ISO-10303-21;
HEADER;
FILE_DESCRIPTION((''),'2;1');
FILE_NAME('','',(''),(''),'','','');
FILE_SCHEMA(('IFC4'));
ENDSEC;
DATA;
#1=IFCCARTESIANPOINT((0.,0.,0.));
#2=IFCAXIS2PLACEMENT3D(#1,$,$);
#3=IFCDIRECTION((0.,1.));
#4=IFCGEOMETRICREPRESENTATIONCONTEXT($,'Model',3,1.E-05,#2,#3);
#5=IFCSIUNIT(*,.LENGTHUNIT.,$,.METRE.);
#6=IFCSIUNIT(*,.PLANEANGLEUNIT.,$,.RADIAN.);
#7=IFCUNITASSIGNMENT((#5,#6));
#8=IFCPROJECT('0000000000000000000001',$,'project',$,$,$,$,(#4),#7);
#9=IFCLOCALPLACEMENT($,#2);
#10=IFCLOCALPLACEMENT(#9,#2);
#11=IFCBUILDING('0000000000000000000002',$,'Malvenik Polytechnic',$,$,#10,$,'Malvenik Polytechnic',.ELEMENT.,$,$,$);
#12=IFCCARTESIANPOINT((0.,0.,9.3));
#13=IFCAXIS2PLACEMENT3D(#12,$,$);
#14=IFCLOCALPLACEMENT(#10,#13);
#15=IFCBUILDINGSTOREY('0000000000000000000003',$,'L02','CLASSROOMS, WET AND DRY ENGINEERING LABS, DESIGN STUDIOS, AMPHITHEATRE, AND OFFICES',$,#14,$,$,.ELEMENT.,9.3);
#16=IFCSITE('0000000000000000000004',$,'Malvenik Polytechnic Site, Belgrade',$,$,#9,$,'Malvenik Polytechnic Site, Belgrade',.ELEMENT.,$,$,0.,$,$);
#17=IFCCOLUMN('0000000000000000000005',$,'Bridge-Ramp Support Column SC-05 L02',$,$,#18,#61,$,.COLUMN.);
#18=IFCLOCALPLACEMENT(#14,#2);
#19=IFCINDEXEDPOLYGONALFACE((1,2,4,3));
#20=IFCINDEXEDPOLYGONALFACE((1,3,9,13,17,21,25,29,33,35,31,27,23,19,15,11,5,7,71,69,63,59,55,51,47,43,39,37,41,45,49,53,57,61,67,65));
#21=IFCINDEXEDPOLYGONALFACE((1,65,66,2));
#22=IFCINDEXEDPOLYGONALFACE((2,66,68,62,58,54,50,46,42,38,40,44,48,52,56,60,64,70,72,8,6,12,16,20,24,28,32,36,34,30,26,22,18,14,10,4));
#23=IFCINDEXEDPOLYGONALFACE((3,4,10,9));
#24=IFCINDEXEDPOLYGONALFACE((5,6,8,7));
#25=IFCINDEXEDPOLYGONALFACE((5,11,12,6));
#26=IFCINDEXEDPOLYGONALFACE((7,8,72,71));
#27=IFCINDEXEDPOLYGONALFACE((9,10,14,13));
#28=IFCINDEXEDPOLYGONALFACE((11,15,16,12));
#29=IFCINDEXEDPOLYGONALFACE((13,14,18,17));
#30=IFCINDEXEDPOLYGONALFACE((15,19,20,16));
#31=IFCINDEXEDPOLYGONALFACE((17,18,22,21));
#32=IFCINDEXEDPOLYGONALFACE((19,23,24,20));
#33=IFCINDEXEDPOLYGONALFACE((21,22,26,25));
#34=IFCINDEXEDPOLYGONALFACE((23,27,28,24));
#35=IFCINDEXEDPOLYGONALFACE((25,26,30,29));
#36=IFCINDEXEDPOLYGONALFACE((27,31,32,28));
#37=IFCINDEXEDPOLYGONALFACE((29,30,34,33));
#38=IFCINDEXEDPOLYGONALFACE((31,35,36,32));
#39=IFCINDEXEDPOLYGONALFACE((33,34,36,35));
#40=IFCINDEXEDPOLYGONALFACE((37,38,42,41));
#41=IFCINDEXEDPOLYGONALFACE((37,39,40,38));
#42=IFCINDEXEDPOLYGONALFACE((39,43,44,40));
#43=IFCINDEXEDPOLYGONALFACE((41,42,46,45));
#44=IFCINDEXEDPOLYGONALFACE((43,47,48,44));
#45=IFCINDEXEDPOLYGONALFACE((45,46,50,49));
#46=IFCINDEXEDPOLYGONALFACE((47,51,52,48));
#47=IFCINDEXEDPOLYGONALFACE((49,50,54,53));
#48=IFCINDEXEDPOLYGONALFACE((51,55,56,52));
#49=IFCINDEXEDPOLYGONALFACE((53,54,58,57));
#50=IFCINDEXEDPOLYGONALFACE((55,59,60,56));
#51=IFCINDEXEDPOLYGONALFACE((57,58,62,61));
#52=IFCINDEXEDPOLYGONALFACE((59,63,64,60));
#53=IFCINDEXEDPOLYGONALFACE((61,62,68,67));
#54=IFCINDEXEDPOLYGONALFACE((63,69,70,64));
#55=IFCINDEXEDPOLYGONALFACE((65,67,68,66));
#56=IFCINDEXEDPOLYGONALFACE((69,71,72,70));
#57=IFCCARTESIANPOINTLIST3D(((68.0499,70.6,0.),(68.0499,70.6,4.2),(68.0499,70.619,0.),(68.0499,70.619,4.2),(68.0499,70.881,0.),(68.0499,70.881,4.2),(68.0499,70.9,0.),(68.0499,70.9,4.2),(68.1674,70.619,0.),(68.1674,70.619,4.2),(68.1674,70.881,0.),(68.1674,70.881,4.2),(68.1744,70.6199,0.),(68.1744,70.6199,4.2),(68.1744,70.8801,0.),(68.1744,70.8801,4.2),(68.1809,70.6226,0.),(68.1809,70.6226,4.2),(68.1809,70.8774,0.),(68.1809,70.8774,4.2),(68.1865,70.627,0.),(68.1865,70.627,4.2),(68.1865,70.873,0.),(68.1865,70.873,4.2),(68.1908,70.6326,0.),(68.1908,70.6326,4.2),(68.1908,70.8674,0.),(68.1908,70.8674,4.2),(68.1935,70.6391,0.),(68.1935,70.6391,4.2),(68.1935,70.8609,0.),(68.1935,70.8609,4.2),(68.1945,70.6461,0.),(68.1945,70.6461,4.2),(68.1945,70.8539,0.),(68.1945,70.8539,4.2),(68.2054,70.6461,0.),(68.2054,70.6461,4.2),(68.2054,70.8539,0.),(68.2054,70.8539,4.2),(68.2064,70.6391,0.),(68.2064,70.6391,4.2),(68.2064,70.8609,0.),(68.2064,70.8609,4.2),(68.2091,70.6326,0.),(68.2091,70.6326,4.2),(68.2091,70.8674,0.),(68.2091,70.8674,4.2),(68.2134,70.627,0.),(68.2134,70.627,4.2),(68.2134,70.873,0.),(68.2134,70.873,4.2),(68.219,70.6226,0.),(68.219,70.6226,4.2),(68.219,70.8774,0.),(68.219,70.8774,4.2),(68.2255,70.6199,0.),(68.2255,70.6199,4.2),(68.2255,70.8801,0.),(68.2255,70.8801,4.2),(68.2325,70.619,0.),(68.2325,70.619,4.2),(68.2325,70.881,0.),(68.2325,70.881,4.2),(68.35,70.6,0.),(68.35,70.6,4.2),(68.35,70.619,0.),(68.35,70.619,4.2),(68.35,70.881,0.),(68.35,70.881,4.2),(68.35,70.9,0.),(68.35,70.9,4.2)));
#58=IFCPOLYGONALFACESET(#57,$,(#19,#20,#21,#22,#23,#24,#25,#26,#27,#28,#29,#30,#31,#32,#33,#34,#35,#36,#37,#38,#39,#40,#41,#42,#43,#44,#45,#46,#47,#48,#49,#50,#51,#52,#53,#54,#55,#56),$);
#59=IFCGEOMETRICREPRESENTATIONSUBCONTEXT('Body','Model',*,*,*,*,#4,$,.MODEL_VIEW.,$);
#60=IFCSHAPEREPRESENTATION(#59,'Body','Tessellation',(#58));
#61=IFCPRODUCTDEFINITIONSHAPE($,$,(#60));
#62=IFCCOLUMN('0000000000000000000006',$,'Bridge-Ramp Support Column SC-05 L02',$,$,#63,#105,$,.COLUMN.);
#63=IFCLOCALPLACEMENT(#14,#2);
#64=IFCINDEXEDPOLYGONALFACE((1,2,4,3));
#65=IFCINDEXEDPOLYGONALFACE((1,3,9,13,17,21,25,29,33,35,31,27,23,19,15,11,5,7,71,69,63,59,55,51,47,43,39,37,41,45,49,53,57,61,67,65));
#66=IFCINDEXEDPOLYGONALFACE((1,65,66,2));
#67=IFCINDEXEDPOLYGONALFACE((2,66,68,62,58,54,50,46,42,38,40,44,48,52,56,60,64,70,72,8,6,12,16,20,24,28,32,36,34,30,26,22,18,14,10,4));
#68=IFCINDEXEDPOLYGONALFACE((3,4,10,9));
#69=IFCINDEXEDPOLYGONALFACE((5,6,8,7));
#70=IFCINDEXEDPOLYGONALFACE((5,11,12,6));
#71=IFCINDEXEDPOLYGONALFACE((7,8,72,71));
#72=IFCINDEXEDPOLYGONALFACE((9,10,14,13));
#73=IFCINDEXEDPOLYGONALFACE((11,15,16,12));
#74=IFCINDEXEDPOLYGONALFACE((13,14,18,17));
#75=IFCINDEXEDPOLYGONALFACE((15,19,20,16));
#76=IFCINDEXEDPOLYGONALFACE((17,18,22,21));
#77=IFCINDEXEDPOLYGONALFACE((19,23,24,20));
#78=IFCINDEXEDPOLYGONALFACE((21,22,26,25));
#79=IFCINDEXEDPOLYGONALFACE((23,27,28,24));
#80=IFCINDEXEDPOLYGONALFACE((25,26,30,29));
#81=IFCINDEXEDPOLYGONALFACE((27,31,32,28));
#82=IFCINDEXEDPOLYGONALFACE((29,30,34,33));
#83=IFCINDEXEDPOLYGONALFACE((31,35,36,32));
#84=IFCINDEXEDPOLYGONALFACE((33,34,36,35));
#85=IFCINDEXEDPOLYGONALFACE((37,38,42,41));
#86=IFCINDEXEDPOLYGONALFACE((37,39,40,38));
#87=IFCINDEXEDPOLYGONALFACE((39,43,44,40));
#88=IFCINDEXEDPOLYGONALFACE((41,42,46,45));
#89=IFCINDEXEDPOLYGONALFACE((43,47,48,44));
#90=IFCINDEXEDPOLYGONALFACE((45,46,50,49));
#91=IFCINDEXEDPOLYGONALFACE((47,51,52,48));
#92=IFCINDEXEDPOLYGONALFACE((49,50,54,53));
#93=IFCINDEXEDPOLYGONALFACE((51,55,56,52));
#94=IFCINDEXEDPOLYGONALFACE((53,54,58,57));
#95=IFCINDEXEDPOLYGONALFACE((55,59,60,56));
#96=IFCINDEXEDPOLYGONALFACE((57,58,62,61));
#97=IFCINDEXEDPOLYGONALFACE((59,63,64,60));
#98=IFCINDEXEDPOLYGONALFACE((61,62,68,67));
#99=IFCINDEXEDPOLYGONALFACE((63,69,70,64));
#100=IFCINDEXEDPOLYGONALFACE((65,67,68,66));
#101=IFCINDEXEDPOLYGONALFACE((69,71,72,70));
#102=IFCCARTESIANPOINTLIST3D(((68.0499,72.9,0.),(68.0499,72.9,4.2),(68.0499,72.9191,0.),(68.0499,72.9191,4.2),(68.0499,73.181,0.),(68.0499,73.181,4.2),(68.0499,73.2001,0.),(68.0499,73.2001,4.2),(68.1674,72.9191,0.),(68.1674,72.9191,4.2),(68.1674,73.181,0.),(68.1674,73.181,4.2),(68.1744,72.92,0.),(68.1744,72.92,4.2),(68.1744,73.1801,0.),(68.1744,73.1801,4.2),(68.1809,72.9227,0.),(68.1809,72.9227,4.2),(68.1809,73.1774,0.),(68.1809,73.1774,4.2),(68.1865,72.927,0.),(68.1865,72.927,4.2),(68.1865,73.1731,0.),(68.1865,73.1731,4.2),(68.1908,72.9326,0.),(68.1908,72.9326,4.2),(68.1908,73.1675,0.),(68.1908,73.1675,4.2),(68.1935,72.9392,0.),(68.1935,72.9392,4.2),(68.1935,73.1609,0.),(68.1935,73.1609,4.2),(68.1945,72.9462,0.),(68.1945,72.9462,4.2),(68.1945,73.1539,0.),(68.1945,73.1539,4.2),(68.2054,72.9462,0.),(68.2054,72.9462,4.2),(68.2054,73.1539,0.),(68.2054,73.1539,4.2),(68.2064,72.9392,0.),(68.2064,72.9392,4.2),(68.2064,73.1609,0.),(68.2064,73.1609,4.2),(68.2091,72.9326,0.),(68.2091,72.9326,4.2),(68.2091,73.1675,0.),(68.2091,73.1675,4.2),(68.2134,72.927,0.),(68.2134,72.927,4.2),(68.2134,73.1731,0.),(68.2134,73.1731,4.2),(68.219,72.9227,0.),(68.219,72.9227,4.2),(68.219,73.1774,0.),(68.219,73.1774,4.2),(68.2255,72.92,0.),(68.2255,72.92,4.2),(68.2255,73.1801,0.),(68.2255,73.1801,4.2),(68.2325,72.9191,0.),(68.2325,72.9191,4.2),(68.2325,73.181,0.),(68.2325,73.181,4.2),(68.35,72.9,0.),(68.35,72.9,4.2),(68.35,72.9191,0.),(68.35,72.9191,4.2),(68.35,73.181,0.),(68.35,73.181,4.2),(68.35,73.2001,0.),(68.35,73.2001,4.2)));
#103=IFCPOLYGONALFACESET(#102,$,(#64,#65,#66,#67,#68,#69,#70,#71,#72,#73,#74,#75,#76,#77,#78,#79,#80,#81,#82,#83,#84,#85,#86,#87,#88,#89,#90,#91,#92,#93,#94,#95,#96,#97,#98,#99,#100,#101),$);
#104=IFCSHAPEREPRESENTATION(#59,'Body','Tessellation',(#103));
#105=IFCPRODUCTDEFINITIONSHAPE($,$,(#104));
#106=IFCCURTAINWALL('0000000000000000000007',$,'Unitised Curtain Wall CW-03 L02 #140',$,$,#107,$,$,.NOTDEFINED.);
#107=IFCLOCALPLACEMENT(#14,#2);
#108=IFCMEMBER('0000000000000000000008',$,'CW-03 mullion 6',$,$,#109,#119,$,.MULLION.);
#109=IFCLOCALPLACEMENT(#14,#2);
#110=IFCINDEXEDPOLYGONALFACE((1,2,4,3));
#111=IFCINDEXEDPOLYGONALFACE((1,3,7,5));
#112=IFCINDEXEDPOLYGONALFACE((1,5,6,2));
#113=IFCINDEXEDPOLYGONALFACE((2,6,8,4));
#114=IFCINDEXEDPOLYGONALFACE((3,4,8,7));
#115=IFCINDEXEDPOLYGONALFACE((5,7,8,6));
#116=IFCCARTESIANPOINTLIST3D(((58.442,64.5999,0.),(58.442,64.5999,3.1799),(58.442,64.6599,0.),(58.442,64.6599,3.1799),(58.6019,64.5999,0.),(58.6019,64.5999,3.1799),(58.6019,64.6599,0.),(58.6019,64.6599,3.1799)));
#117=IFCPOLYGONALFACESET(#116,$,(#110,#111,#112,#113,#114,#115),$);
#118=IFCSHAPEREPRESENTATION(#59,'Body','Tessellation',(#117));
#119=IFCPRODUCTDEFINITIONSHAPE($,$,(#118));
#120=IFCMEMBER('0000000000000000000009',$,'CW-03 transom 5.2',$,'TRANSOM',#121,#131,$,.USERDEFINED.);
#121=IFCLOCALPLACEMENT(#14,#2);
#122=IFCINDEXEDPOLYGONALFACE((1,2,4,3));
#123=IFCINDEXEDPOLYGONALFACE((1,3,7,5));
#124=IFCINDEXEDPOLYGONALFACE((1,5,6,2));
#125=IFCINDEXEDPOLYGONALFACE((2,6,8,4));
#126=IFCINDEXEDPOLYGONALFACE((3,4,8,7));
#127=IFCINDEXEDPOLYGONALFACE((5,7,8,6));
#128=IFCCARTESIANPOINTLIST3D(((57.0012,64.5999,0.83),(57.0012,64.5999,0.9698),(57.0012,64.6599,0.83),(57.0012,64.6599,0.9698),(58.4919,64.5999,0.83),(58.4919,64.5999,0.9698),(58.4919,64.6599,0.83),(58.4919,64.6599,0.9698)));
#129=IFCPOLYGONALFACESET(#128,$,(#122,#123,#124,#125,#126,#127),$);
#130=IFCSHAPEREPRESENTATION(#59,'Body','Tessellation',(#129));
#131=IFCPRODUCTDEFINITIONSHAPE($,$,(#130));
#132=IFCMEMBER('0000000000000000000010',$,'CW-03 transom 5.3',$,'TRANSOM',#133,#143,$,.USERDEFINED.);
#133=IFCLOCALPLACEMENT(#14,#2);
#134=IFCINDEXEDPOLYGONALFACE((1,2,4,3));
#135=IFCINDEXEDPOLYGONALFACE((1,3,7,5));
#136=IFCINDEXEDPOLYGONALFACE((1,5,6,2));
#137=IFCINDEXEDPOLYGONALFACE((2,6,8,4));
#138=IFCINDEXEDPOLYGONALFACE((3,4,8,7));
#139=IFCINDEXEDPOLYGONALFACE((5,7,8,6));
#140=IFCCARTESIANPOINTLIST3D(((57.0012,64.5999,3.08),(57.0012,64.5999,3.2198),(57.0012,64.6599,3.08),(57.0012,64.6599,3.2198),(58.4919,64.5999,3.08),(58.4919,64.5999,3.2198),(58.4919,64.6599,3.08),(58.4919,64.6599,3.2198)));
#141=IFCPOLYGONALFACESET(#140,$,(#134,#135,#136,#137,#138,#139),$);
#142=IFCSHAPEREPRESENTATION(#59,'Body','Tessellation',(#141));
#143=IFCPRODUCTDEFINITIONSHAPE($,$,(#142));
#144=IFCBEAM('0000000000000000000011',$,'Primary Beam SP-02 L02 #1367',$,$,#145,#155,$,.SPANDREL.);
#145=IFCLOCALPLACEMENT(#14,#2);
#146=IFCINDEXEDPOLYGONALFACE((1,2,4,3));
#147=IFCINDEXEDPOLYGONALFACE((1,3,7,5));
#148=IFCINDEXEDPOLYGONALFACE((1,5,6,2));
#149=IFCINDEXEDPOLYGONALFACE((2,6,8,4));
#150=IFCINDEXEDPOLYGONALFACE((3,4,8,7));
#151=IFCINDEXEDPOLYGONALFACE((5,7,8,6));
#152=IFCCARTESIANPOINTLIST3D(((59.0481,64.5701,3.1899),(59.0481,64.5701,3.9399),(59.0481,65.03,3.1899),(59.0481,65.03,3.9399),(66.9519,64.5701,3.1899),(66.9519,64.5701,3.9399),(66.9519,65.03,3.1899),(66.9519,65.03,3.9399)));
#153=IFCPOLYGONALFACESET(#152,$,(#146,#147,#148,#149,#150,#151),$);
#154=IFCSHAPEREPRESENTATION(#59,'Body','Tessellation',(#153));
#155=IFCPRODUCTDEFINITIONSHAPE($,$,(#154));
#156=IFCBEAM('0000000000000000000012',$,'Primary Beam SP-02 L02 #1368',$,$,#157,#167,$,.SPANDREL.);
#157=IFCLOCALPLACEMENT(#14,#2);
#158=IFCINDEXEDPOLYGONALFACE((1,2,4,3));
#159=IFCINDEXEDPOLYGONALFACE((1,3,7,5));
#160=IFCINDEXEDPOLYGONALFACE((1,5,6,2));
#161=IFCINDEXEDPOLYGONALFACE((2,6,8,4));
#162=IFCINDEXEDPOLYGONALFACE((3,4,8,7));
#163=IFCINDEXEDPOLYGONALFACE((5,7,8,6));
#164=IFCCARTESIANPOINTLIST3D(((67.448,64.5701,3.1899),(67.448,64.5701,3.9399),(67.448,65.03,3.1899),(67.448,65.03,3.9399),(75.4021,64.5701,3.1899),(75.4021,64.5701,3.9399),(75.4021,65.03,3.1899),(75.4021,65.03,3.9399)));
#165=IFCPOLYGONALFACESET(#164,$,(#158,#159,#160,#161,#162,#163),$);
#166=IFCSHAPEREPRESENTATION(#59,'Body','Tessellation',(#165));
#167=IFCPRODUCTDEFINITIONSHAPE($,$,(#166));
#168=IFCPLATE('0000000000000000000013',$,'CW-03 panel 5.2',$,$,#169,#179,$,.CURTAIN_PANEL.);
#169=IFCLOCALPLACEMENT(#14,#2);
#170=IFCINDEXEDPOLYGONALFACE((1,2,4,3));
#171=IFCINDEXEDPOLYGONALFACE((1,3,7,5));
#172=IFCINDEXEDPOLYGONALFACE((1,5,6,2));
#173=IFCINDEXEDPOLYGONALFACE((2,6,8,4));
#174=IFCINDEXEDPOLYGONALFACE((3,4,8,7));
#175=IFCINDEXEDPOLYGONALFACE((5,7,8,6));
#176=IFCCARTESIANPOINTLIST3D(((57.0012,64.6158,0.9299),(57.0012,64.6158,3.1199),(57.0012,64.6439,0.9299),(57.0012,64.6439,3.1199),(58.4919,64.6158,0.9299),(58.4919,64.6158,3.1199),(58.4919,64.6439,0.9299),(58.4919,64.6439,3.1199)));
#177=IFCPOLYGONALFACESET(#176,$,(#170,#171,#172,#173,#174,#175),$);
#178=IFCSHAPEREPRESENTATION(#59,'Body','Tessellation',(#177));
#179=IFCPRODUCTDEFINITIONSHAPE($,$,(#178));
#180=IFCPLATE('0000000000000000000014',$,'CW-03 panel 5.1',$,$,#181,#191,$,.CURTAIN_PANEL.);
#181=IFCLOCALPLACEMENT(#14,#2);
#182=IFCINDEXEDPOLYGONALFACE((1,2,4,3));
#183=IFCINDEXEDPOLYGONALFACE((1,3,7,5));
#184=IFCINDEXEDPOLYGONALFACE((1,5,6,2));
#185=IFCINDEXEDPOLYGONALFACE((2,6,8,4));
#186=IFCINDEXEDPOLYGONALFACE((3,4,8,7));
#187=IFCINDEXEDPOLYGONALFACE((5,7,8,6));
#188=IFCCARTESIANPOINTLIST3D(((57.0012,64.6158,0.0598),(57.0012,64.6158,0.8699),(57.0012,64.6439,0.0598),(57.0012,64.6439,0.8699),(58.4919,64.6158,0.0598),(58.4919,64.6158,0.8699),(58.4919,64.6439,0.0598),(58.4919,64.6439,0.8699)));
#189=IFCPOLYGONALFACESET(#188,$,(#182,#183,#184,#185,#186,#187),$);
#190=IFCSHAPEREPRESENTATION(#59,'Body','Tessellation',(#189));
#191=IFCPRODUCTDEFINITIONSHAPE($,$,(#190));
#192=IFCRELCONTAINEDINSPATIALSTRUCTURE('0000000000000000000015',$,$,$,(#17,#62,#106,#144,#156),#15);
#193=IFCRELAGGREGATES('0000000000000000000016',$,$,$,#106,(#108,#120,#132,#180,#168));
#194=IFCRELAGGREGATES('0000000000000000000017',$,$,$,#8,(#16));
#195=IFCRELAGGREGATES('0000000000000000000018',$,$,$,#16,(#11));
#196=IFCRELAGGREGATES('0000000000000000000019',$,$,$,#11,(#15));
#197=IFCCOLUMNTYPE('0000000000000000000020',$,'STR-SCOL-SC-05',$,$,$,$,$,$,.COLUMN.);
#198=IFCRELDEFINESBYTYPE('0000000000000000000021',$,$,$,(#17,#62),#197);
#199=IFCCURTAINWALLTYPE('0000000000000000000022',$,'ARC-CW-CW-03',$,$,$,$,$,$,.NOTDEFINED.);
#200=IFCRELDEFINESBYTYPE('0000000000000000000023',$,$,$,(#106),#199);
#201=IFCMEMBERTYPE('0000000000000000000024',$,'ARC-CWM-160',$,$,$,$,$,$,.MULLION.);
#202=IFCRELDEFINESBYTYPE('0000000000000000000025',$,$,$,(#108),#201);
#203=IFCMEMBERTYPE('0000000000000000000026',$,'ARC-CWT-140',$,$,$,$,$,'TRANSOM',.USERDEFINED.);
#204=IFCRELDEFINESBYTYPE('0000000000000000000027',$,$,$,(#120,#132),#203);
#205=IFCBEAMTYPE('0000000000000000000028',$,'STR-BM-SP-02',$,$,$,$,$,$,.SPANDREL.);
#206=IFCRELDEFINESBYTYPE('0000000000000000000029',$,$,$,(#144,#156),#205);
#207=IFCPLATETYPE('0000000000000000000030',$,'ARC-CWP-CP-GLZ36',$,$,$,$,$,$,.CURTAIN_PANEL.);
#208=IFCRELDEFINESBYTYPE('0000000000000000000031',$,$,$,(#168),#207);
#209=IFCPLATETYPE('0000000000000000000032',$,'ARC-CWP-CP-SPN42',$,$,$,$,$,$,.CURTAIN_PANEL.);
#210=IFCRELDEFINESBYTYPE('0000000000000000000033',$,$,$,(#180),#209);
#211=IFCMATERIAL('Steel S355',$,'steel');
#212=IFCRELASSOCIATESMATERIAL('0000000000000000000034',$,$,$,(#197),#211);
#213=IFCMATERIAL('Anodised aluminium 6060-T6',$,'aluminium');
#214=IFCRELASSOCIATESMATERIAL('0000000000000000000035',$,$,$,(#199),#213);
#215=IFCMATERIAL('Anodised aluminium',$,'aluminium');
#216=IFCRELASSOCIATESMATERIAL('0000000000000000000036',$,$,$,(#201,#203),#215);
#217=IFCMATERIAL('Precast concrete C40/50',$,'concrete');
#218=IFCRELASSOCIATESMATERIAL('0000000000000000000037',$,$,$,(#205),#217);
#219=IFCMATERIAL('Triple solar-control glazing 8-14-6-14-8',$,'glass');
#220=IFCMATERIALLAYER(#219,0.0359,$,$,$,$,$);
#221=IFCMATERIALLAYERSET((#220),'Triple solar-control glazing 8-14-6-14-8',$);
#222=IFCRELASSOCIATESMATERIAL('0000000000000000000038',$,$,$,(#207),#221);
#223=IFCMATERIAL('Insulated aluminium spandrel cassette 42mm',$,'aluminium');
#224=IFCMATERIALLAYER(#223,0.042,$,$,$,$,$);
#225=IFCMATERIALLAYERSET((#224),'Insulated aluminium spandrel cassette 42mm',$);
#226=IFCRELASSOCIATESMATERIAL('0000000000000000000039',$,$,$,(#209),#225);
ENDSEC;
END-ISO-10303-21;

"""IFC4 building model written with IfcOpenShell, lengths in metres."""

from ifc_helpers import new_model, si_unit, direction, frame, origin, origin_2d, place, context, subcontext, project, spatial, rectangle, i_section, extrude, material, layer, layer_set, material_profile, profile_set, type_object, element, aggregate, save


model = new_model("IFC4")

# Units and contexts
model_context = context("Model", 3, precision=1e-05, world=origin(), true_north=direction((0.0, 1.0)))
body_context = subcontext(model_context, "Body", "Model", "MODEL_VIEW")
ifc_project = project(units=[si_unit("LENGTHUNIT", "METRE"), si_unit("PLANEANGLEUNIT", "RADIAN")], contexts=[model_context])

# Site, building, storey
site_placement = place(None, origin())
site = spatial("IfcSite", under=ifc_project, at=site_placement, Name="Malvenik Polytechnic Site, Belgrade", LongName="Malvenik Polytechnic Site, Belgrade", CompositionType="ELEMENT", RefElevation=0.0)
building_placement = place(site_placement, origin())
building = spatial("IfcBuilding", under=site, at=building_placement, Name="Malvenik Polytechnic", LongName="Malvenik Polytechnic", CompositionType="ELEMENT")
storey_placement = place(building_placement, frame((0.0, 0.0, 9.3)))
storey = spatial("IfcBuildingStorey", under=building, at=storey_placement, Name="L02", Description="CLASSROOMS, WET AND DRY ENGINEERING LABS, DESIGN STUDIOS, AMPHITHEATRE, AND OFFICES", CompositionType="ELEMENT", Elevation=9.3)

# Columns
ifc_material_1 = material(Name="Steel S355", Category="steel")
ifc_material_profile_1 = material_profile(ifc_material_1, i_section(OverallWidth=0.3, OverallDepth=0.3, WebThickness=0.011, FlangeThickness=0.019, FilletRadius=0.0271, at=origin_2d()), Name="HEB 300")
ifc_profile_set_1 = profile_set([ifc_material_profile_1], Name="Steel S355")
column_type_1 = type_object("IfcColumnType", Name="STR-SCOL-SC-05", PredefinedType="COLUMN", material=ifc_profile_set_1)
for number, where, z_axis, x_axis, name in (
    (1, (68.2, 70.75, 0.0), (0.0, 0.0, 1.0), (1.0, 0.0, 0.0), "Bridge-Ramp Support Column SC-05 L02"),
    (2, (68.2, 73.05, 0.0), (0.0, 0.0, 1.0), (1.0, 0.0, 0.0), "Bridge-Ramp Support Column SC-05 L02"),
):
    element("IfcColumn", number, at=place(storey_placement, frame(where, z_axis=z_axis, x_axis=x_axis)), inside=storey, type_object=column_type_1, Name=name, PredefinedType="COLUMN", context=body_context, shape_type="SweptSolid", body=[
        extrude(i_section(OverallWidth=0.3, OverallDepth=0.3, WebThickness=0.011, FlangeThickness=0.019, FilletRadius=0.0271, at=origin_2d()), origin(), (0.0, 0.0, 1.0), 4.2),
    ])

# Curtain wall, members
ifc_material_2 = material(Name="Anodised aluminium 6060-T6", Category="aluminium")
curtain_wall_type = type_object("IfcCurtainWallType", Name="ARC-CW-CW-03", PredefinedType="NOTDEFINED", material=ifc_material_2)
curtain_wall_placement = place(storey_placement, origin())
curtain_wall = element("IfcCurtainWall", 3, at=curtain_wall_placement, inside=storey, type_object=curtain_wall_type, Name="Unitised Curtain Wall CW-03 L02 #140", PredefinedType="NOTDEFINED")
ifc_material_3 = material(Name="Anodised aluminium", Category="aluminium")
ifc_material_profile_2 = material_profile(ifc_material_3, rectangle(XDim=0.0601, YDim=0.1599, at=origin_2d()), Name="ALU MULLION 60x160")
ifc_profile_set_2 = profile_set([ifc_material_profile_2], Name="Anodised aluminium")
member_type_1 = type_object("IfcMemberType", Name="ARC-CWM-160", PredefinedType="MULLION", material=ifc_profile_set_2)
member_1_placement = place(storey_placement, frame((58.522, 64.6299, 0.0), z_axis=(0.0, 0.0, 1.0), x_axis=(0.0, 1.0, 0.0)))
member_1 = element("IfcMember", 4, at=member_1_placement, type_object=member_type_1, Name="CW-03 mullion 6", PredefinedType="MULLION", context=body_context, shape_type="SweptSolid", body=[
    extrude(rectangle(XDim=0.0601, YDim=0.1599, at=origin_2d()), origin(), (0.0, 0.0, 1.0), 3.1799),
])
ifc_material_profile_3 = material_profile(ifc_material_3, rectangle(XDim=0.0601, YDim=0.1399, at=origin_2d()), Name="ALU TRANSOM 60x140")
ifc_profile_set_3 = profile_set([ifc_material_profile_3], Name="Anodised aluminium")
member_type_2 = type_object("IfcMemberType", Name="ARC-CWT-140", ElementType="TRANSOM", PredefinedType="USERDEFINED", material=ifc_profile_set_3)
member_2_placement = place(storey_placement, frame((57.0012, 64.6299, 0.8999), z_axis=(1.0, 0.0, 0.0), x_axis=(0.0, 1.0, 0.0)))
member_2 = element("IfcMember", 5, at=member_2_placement, type_object=member_type_2, Name="CW-03 transom 5.2", ObjectType="TRANSOM", PredefinedType="USERDEFINED", context=body_context, shape_type="SweptSolid", body=[
    extrude(rectangle(XDim=0.0601, YDim=0.1399, at=origin_2d()), origin(), (0.0, 0.0, 1.0), 1.4907),
])
member_3_placement = place(storey_placement, frame((57.0012, 64.6299, 3.1499), z_axis=(1.0, 0.0, 0.0), x_axis=(0.0, 1.0, 0.0)))
member_3 = element("IfcMember", 6, at=member_3_placement, type_object=member_type_2, Name="CW-03 transom 5.3", ObjectType="TRANSOM", PredefinedType="USERDEFINED", context=body_context, shape_type="SweptSolid", body=[
    extrude(rectangle(XDim=0.0601, YDim=0.1399, at=origin_2d()), origin(), (0.0, 0.0, 1.0), 1.4907),
])

# Beams
ifc_material_4 = material(Name="Precast concrete C40/50", Category="concrete")
ifc_material_profile_4 = material_profile(ifc_material_4, rectangle(XDim=0.46, YDim=0.75, at=origin_2d()), Name="PC SPN 460x750")
ifc_profile_set_4 = profile_set([ifc_material_profile_4], Name="Precast concrete C40/50")
beam_type = type_object("IfcBeamType", Name="STR-BM-SP-02", PredefinedType="SPANDREL", material=ifc_profile_set_4)
beam_1_placement = place(storey_placement, frame((59.0481, 64.8, 3.5649), z_axis=(1.0, 0.0, 0.0), x_axis=(0.0, 1.0, 0.0)))
element("IfcBeam", 7, at=beam_1_placement, inside=storey, type_object=beam_type, Name="Primary Beam SP-02 L02 #1367", PredefinedType="SPANDREL", context=body_context, shape_type="SweptSolid", body=[
    extrude(rectangle(XDim=0.46, YDim=0.75, at=origin_2d()), origin(), (0.0, 0.0, 1.0), 7.9038),
])
beam_2_placement = place(storey_placement, frame((67.448, 64.8, 3.5649), z_axis=(1.0, 0.0, 0.0), x_axis=(0.0, 1.0, 0.0)))
element("IfcBeam", 8, at=beam_2_placement, inside=storey, type_object=beam_type, Name="Primary Beam SP-02 L02 #1368", PredefinedType="SPANDREL", context=body_context, shape_type="SweptSolid", body=[
    extrude(rectangle(XDim=0.46, YDim=0.75, at=origin_2d()), origin(), (0.0, 0.0, 1.0), 7.9541),
])

# Plates
ifc_material_5 = material(Name="Triple solar-control glazing 8-14-6-14-8", Category="glass")
ifc_layer_1 = layer(ifc_material_5, 0.0359)
ifc_layer_set_1 = layer_set([ifc_layer_1], Name="Triple solar-control glazing 8-14-6-14-8")
plate_type_1 = type_object("IfcPlateType", Name="ARC-CWP-CP-GLZ36", PredefinedType="CURTAIN_PANEL", material=ifc_layer_set_1)
plate_1_placement = place(storey_placement, frame((57.7466, 64.6299, 0.9299), z_axis=(0.0, 0.0, 1.0), x_axis=(1.0, 0.0, 0.0)))
plate_1 = element("IfcPlate", 9, at=plate_1_placement, type_object=plate_type_1, Name="CW-03 panel 5.2", PredefinedType="CURTAIN_PANEL", context=body_context, shape_type="SweptSolid", body=[
    extrude(rectangle(XDim=1.4907, YDim=0.0281, at=origin_2d()), origin(), (0.0, 0.0, 1.0), 2.1899),
])
ifc_material_6 = material(Name="Insulated aluminium spandrel cassette 42mm", Category="aluminium")
ifc_layer_2 = layer(ifc_material_6, 0.042)
ifc_layer_set_2 = layer_set([ifc_layer_2], Name="Insulated aluminium spandrel cassette 42mm")
plate_type_2 = type_object("IfcPlateType", Name="ARC-CWP-CP-SPN42", PredefinedType="CURTAIN_PANEL", material=ifc_layer_set_2)
plate_2_placement = place(storey_placement, frame((57.7466, 64.6299, 0.0598), z_axis=(0.0, 0.0, 1.0), x_axis=(1.0, 0.0, 0.0)))
plate_2 = element("IfcPlate", 10, at=plate_2_placement, type_object=plate_type_2, Name="CW-03 panel 5.1", PredefinedType="CURTAIN_PANEL", context=body_context, shape_type="SweptSolid", body=[
    extrude(rectangle(XDim=1.4907, YDim=0.0281, at=origin_2d()), origin(), (0.0, 0.0, 1.0), 0.8101),
])
aggregate(curtain_wall, [member_1, member_2, member_3, plate_2, plate_1])

save(model, "model.ifc")
